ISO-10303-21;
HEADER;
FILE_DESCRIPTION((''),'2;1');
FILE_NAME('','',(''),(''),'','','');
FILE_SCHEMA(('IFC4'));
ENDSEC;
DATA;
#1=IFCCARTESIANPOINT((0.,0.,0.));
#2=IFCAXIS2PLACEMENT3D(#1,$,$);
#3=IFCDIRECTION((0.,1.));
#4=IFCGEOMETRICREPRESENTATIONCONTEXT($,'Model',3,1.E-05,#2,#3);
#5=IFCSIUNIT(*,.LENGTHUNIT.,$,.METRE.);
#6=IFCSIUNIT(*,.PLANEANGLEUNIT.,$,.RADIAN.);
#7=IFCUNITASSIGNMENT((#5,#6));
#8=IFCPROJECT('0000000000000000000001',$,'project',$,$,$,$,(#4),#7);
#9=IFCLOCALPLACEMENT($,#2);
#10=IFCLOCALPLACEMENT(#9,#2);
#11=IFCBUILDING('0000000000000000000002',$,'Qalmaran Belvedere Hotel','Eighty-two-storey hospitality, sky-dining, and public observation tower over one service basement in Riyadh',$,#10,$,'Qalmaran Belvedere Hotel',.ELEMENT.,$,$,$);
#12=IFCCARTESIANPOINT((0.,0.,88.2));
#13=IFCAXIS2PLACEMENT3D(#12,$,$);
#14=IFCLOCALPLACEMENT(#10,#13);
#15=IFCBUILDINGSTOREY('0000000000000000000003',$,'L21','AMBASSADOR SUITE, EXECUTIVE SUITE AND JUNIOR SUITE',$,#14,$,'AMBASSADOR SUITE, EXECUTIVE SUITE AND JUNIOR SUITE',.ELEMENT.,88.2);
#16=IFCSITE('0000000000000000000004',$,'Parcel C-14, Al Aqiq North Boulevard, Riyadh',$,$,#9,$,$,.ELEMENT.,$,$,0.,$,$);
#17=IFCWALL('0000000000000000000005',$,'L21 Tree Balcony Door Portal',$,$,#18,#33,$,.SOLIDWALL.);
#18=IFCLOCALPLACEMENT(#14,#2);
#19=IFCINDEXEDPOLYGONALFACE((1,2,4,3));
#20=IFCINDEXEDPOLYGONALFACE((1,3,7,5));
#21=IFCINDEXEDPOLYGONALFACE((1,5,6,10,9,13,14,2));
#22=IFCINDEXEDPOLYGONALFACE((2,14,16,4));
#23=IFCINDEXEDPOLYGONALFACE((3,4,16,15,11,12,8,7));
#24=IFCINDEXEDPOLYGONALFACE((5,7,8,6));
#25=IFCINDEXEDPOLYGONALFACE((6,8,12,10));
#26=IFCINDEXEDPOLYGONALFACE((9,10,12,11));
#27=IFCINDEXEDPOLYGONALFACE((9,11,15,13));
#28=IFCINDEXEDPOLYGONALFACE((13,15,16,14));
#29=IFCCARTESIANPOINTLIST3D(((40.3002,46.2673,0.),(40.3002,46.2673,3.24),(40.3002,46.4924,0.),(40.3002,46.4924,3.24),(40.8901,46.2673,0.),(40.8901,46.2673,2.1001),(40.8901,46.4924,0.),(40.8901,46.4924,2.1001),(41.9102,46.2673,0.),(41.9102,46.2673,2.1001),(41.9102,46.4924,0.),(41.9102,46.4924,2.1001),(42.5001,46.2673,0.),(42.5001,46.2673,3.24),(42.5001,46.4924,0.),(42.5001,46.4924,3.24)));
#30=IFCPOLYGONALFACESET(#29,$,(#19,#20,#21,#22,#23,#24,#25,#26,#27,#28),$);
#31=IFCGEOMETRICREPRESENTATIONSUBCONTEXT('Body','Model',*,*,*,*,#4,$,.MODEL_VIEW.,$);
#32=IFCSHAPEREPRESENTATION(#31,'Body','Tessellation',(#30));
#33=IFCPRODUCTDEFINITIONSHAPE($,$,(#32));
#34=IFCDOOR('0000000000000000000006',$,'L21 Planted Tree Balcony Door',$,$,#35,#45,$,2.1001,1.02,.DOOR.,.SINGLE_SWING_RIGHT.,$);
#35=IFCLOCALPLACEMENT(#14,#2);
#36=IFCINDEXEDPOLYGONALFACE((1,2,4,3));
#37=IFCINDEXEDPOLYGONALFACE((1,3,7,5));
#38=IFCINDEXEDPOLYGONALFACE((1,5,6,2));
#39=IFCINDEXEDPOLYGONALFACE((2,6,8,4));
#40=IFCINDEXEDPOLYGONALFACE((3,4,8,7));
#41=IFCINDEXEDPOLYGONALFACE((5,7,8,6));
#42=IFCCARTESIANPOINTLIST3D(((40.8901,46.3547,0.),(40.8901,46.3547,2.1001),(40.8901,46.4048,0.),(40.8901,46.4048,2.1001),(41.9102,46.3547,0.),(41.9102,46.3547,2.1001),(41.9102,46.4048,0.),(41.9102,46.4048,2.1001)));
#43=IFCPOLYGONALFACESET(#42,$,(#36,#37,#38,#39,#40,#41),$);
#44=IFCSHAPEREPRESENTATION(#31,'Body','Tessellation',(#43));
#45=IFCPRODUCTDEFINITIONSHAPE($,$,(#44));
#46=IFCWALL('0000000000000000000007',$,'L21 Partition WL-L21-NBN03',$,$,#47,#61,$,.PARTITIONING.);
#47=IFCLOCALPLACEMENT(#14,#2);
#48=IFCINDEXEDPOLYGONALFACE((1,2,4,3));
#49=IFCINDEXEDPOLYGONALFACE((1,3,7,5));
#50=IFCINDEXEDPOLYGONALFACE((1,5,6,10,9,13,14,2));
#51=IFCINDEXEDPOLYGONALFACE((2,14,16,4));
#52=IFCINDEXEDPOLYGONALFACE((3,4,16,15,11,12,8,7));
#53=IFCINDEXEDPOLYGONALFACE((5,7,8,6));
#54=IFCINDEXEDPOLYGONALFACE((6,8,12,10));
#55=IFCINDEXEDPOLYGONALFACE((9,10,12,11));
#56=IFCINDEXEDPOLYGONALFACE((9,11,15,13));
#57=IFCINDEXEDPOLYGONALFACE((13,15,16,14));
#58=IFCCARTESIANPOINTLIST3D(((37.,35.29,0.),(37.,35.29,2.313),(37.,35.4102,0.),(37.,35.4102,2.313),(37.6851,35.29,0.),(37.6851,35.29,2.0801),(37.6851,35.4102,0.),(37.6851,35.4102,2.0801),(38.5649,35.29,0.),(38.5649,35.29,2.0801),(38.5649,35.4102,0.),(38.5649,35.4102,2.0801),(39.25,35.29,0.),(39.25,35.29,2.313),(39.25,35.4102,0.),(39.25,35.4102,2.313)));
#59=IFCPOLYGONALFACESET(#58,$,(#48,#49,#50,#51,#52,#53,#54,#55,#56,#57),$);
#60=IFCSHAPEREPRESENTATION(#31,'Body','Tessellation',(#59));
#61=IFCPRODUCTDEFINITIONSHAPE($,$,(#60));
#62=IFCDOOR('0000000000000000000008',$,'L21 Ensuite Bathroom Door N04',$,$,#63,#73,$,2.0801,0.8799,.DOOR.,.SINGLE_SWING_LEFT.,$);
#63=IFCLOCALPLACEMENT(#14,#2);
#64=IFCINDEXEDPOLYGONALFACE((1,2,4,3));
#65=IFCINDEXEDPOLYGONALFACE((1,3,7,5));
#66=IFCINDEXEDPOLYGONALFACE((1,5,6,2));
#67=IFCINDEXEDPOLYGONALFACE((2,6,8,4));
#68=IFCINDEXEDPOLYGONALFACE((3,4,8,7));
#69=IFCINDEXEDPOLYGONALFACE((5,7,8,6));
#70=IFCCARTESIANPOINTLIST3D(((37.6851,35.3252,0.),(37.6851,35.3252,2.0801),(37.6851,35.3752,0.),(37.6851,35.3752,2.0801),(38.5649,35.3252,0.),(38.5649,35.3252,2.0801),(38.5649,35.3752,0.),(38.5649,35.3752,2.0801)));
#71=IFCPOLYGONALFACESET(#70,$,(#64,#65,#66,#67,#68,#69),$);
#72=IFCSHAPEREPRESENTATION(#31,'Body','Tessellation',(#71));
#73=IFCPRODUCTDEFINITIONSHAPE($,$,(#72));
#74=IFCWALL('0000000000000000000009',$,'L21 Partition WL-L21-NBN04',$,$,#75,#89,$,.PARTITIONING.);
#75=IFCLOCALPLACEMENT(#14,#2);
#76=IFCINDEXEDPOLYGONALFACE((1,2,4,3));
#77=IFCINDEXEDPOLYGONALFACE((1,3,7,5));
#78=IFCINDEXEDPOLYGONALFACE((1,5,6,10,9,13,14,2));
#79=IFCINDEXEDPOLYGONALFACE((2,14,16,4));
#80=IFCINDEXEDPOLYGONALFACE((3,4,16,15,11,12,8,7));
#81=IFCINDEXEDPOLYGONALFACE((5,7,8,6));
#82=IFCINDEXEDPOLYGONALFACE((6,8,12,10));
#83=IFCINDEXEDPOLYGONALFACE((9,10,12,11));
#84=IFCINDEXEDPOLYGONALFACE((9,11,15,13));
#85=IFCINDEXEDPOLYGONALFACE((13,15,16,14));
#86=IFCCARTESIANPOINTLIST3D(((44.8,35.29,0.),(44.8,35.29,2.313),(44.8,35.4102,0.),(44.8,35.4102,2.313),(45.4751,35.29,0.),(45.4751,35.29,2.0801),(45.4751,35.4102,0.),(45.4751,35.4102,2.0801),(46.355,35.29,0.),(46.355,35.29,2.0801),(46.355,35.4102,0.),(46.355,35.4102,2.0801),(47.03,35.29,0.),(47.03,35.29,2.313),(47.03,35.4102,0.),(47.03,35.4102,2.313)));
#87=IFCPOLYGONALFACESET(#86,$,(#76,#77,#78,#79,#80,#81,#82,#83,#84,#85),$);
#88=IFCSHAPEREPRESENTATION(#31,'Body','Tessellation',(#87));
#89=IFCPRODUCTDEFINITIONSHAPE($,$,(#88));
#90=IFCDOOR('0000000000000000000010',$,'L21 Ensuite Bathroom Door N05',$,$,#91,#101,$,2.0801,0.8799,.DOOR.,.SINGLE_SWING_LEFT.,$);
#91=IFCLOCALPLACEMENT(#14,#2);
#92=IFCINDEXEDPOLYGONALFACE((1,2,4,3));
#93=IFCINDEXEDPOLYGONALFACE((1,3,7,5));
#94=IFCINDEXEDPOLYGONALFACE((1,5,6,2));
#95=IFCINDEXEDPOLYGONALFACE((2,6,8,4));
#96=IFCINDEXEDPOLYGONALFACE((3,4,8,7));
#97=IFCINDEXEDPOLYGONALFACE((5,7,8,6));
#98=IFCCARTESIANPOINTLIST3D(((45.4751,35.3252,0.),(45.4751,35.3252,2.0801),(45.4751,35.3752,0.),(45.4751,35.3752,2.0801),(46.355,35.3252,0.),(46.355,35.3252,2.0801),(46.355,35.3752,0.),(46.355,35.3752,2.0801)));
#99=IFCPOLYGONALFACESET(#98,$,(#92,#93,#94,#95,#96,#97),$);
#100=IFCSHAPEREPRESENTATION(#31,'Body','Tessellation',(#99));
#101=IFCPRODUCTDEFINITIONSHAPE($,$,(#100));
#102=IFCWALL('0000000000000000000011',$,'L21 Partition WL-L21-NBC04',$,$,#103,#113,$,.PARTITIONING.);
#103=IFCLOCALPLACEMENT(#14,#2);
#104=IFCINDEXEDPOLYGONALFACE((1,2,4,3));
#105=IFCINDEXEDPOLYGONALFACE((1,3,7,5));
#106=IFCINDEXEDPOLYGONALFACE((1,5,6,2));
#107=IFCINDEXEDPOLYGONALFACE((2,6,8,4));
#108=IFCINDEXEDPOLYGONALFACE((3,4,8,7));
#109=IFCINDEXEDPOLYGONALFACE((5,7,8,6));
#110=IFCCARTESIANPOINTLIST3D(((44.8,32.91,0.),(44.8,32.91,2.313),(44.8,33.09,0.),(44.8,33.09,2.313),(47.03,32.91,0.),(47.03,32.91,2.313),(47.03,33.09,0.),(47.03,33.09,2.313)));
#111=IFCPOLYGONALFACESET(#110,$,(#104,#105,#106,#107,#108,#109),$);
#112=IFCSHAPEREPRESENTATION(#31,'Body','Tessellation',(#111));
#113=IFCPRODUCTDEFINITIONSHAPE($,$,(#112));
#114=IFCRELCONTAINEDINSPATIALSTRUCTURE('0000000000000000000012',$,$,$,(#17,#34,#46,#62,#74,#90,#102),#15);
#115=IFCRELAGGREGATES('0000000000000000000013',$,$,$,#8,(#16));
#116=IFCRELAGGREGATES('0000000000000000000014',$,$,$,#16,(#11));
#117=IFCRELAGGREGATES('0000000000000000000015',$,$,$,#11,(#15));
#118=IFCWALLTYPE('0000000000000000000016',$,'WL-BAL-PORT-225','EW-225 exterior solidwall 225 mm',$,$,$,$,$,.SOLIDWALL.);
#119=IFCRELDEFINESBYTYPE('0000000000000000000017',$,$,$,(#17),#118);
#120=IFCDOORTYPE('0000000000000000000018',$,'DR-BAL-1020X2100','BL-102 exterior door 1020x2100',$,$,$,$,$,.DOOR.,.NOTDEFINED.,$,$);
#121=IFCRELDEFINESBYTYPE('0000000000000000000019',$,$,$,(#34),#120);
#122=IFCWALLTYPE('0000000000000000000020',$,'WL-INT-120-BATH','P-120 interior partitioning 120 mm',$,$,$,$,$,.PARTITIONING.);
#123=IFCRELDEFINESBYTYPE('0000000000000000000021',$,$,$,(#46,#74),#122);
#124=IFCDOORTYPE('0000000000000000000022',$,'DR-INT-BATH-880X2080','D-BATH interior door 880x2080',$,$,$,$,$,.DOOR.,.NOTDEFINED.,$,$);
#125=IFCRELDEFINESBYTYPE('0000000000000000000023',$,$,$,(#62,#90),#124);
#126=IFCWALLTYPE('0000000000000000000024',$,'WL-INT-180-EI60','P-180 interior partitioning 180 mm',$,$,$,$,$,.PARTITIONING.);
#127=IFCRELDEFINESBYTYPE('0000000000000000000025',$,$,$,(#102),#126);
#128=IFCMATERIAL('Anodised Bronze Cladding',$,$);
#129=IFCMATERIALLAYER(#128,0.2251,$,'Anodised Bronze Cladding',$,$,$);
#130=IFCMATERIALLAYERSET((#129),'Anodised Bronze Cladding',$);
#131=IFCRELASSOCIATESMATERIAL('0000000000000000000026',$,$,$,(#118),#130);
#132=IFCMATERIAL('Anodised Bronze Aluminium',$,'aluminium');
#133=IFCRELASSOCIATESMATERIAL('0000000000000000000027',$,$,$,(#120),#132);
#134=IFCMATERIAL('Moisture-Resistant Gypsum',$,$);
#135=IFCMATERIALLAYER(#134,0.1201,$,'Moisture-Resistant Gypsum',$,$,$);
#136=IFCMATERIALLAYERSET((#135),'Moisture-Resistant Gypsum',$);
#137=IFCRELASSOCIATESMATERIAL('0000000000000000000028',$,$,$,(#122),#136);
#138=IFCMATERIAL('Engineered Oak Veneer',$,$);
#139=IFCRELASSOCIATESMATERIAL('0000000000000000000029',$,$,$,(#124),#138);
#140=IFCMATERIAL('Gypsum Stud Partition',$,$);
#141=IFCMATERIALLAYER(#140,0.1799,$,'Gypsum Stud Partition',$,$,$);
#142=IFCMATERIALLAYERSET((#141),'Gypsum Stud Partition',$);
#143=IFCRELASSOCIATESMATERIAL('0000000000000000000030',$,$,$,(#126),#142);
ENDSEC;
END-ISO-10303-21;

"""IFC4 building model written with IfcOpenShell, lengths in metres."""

from ifc_helpers import new_model, si_unit, direction, frame, frame_2d, origin, place, context, subcontext, project, spatial, rectangle, extrude, material, layer, layer_set, type_object, element, fill, save


model = new_model("IFC4")

# Units and contexts
model_context = context("Model", 3, precision=1e-05, world=origin(), true_north=direction((0.0, 1.0)))
body_context = subcontext(model_context, "Body", "Model", "MODEL_VIEW")
ifc_project = project(units=[si_unit("LENGTHUNIT", "METRE"), si_unit("PLANEANGLEUNIT", "RADIAN")], contexts=[model_context])

# Site, building, storey
site_placement = place(None, origin())
site = spatial("IfcSite", under=ifc_project, at=site_placement, Name="Parcel C-14, Al Aqiq North Boulevard, Riyadh", CompositionType="ELEMENT", RefElevation=0.0)
building_placement = place(site_placement, origin())
building = spatial("IfcBuilding", under=site, at=building_placement, Name="Qalmaran Belvedere Hotel", Description="Eighty-two-storey hospitality, sky-dining, and public observation tower over one service basement in Riyadh", LongName="Qalmaran Belvedere Hotel", CompositionType="ELEMENT")
storey_placement = place(building_placement, frame((0.0, 0.0, 88.2)))
storey = spatial("IfcBuildingStorey", under=building, at=storey_placement, Name="L21", Description="AMBASSADOR SUITE, EXECUTIVE SUITE AND JUNIOR SUITE", LongName="AMBASSADOR SUITE, EXECUTIVE SUITE AND JUNIOR SUITE", CompositionType="ELEMENT", Elevation=88.2)

# Shared definitions
ifc_material_1 = material(Name="Anodised Bronze Aluminium", Category="aluminium")

# Walls, openings, doors
ifc_material_2 = material(Name="Anodised Bronze Cladding")
ifc_layer_1 = layer(ifc_material_2, 0.2251, Name="Anodised Bronze Cladding")
ifc_layer_set_1 = layer_set([ifc_layer_1], Name="Anodised Bronze Cladding")
wall_type_1 = type_object("IfcWallType", Name="WL-BAL-PORT-225", Description="EW-225 exterior solidwall 225 mm", PredefinedType="SOLIDWALL", material=ifc_layer_set_1)
wall_1_placement = place(storey_placement, frame((40.3, 46.3799, 0.0), z_axis=(0.0, 0.0, 1.0), x_axis=(1.0, 0.0, 0.0)))
wall_1 = element("IfcWall", 1, at=wall_1_placement, inside=storey, type_object=wall_type_1, Name="L21 Tree Balcony Door Portal", PredefinedType="SOLIDWALL", context=body_context, shape_type="SweptSolid", body=[
    extrude(rectangle(XDim=2.2, YDim=0.2251, at=frame_2d((1.1001, 0.0))), origin(), (0.0, 0.0, 1.0), 3.24),
])
opening_1_placement = place(wall_1_placement, frame((0.5901, 0.0, 0.0)))
opening_1 = element("IfcOpeningElement", 2, at=opening_1_placement, cuts=wall_1, PredefinedType="OPENING", context=body_context, shape_type="SweptSolid", body=[
    extrude(rectangle(XDim=1.02, YDim=2.1001, at=frame_2d((0.51, 1.05))), frame((0.0, 0.1226, 0.0), z_axis=(0.0, -1.0, 0.0), x_axis=(1.0, 0.0, 0.0)), (0.0, 0.0, 1.0), 0.2451),
])
door_type_1 = type_object("IfcDoorType", Name="DR-BAL-1020X2100", Description="BL-102 exterior door 1020x2100", OperationType="NOTDEFINED", PredefinedType="DOOR", material=ifc_material_1)
door_1_placement = place(opening_1_placement, origin())
door_1 = element("IfcDoor", 3, at=door_1_placement, inside=storey, type_object=door_type_1, Name="L21 Planted Tree Balcony Door", OperationType="SINGLE_SWING_RIGHT", OverallHeight=2.1001, OverallWidth=1.02, PredefinedType="DOOR", context=body_context, shape_type="SweptSolid", body=[
    extrude(rectangle(XDim=1.02, YDim=2.1001, at=frame_2d((0.51, 1.05))), frame((0.0, 0.0249, 0.0), z_axis=(0.0, -1.0, 0.0), x_axis=(1.0, 0.0, 0.0)), (0.0, 0.0, 1.0), 0.05),
])
fill(opening_1, door_1)
ifc_material_3 = material(Name="Moisture-Resistant Gypsum")
ifc_layer_2 = layer(ifc_material_3, 0.1201, Name="Moisture-Resistant Gypsum")
ifc_layer_set_2 = layer_set([ifc_layer_2], Name="Moisture-Resistant Gypsum")
wall_type_2 = type_object("IfcWallType", Name="WL-INT-120-BATH", Description="P-120 interior partitioning 120 mm", PredefinedType="PARTITIONING", material=ifc_layer_set_2)
wall_2_placement = place(storey_placement, frame((37.0, 35.3501, 0.0), z_axis=(0.0, 0.0, 1.0), x_axis=(1.0, 0.0, 0.0)))
wall_2 = element("IfcWall", 4, at=wall_2_placement, inside=storey, type_object=wall_type_2, Name="L21 Partition WL-L21-NBN03", PredefinedType="PARTITIONING", context=body_context, shape_type="SweptSolid", body=[
    extrude(rectangle(XDim=2.25, YDim=0.1201, at=frame_2d((1.125, 0.0))), origin(), (0.0, 0.0, 1.0), 2.313),
])
opening_2_placement = place(wall_2_placement, frame((1.5649, 0.0, 0.0), z_axis=(0.0, 0.0, 1.0), x_axis=(-1.0, 0.0, 0.0)))
opening_2 = element("IfcOpeningElement", 5, at=opening_2_placement, cuts=wall_2, PredefinedType="OPENING", context=body_context, shape_type="SweptSolid", body=[
    extrude(rectangle(XDim=0.8799, YDim=2.0801, at=frame_2d((0.4399, 1.04))), frame((0.0, 0.0701, 0.0), z_axis=(0.0, -1.0, 0.0), x_axis=(1.0, 0.0, 0.0)), (0.0, 0.0, 1.0), 0.1401),
])
ifc_material_4 = material(Name="Engineered Oak Veneer")
door_type_2 = type_object("IfcDoorType", Name="DR-INT-BATH-880X2080", Description="D-BATH interior door 880x2080", OperationType="NOTDEFINED", PredefinedType="DOOR", material=ifc_material_4)
door_2_placement = place(opening_2_placement, origin())
door_2 = element("IfcDoor", 6, at=door_2_placement, inside=storey, type_object=door_type_2, Name="L21 Ensuite Bathroom Door N04", OperationType="SINGLE_SWING_LEFT", OverallHeight=2.0801, OverallWidth=0.8799, PredefinedType="DOOR", context=body_context, shape_type="SweptSolid", body=[
    extrude(rectangle(XDim=0.8799, YDim=2.0801, at=frame_2d((0.4399, 1.04))), frame((0.0, 0.0249, 0.0), z_axis=(0.0, -1.0, 0.0), x_axis=(1.0, 0.0, 0.0)), (0.0, 0.0, 1.0), 0.05),
])
fill(opening_2, door_2)
wall_3_placement = place(storey_placement, frame((44.8, 35.3501, 0.0), z_axis=(0.0, 0.0, 1.0), x_axis=(1.0, 0.0, 0.0)))
wall_3 = element("IfcWall", 7, at=wall_3_placement, inside=storey, type_object=wall_type_2, Name="L21 Partition WL-L21-NBN04", PredefinedType="PARTITIONING", context=body_context, shape_type="SweptSolid", body=[
    extrude(rectangle(XDim=2.23, YDim=0.1201, at=frame_2d((1.115, 0.0))), origin(), (0.0, 0.0, 1.0), 2.313),
])
opening_3_placement = place(wall_3_placement, frame((1.5549, 0.0, 0.0), z_axis=(0.0, 0.0, 1.0), x_axis=(-1.0, 0.0, 0.0)))
opening_3 = element("IfcOpeningElement", 8, at=opening_3_placement, cuts=wall_3, PredefinedType="OPENING", context=body_context, shape_type="SweptSolid", body=[
    extrude(rectangle(XDim=0.8799, YDim=2.0801, at=frame_2d((0.4399, 1.04))), frame((0.0, 0.0701, 0.0), z_axis=(0.0, -1.0, 0.0), x_axis=(1.0, 0.0, 0.0)), (0.0, 0.0, 1.0), 0.1401),
])
door_3_placement = place(opening_3_placement, origin())
door_3 = element("IfcDoor", 9, at=door_3_placement, inside=storey, type_object=door_type_2, Name="L21 Ensuite Bathroom Door N05", OperationType="SINGLE_SWING_LEFT", OverallHeight=2.0801, OverallWidth=0.8799, PredefinedType="DOOR", context=body_context, shape_type="SweptSolid", body=[
    extrude(rectangle(XDim=0.8799, YDim=2.0801, at=frame_2d((0.4399, 1.04))), frame((0.0, 0.0249, 0.0), z_axis=(0.0, -1.0, 0.0), x_axis=(1.0, 0.0, 0.0)), (0.0, 0.0, 1.0), 0.05),
])
fill(opening_3, door_3)

# Wall
ifc_material_5 = material(Name="Gypsum Stud Partition")
ifc_layer_3 = layer(ifc_material_5, 0.1799, Name="Gypsum Stud Partition")
ifc_layer_set_3 = layer_set([ifc_layer_3], Name="Gypsum Stud Partition")
wall_type_3 = type_object("IfcWallType", Name="WL-INT-180-EI60", Description="P-180 interior partitioning 180 mm", PredefinedType="PARTITIONING", material=ifc_layer_set_3)
wall_4_placement = place(storey_placement, frame((44.8, 33.0, 0.0), z_axis=(0.0, 0.0, 1.0), x_axis=(1.0, 0.0, 0.0)))
element("IfcWall", 10, at=wall_4_placement, inside=storey, type_object=wall_type_3, Name="L21 Partition WL-L21-NBC04", PredefinedType="PARTITIONING", context=body_context, shape_type="SweptSolid", body=[
    extrude(rectangle(XDim=2.23, YDim=0.1799, at=frame_2d((1.115, 0.0))), origin(), (0.0, 0.0, 1.0), 2.313),
])

save(model, "model.ifc")
